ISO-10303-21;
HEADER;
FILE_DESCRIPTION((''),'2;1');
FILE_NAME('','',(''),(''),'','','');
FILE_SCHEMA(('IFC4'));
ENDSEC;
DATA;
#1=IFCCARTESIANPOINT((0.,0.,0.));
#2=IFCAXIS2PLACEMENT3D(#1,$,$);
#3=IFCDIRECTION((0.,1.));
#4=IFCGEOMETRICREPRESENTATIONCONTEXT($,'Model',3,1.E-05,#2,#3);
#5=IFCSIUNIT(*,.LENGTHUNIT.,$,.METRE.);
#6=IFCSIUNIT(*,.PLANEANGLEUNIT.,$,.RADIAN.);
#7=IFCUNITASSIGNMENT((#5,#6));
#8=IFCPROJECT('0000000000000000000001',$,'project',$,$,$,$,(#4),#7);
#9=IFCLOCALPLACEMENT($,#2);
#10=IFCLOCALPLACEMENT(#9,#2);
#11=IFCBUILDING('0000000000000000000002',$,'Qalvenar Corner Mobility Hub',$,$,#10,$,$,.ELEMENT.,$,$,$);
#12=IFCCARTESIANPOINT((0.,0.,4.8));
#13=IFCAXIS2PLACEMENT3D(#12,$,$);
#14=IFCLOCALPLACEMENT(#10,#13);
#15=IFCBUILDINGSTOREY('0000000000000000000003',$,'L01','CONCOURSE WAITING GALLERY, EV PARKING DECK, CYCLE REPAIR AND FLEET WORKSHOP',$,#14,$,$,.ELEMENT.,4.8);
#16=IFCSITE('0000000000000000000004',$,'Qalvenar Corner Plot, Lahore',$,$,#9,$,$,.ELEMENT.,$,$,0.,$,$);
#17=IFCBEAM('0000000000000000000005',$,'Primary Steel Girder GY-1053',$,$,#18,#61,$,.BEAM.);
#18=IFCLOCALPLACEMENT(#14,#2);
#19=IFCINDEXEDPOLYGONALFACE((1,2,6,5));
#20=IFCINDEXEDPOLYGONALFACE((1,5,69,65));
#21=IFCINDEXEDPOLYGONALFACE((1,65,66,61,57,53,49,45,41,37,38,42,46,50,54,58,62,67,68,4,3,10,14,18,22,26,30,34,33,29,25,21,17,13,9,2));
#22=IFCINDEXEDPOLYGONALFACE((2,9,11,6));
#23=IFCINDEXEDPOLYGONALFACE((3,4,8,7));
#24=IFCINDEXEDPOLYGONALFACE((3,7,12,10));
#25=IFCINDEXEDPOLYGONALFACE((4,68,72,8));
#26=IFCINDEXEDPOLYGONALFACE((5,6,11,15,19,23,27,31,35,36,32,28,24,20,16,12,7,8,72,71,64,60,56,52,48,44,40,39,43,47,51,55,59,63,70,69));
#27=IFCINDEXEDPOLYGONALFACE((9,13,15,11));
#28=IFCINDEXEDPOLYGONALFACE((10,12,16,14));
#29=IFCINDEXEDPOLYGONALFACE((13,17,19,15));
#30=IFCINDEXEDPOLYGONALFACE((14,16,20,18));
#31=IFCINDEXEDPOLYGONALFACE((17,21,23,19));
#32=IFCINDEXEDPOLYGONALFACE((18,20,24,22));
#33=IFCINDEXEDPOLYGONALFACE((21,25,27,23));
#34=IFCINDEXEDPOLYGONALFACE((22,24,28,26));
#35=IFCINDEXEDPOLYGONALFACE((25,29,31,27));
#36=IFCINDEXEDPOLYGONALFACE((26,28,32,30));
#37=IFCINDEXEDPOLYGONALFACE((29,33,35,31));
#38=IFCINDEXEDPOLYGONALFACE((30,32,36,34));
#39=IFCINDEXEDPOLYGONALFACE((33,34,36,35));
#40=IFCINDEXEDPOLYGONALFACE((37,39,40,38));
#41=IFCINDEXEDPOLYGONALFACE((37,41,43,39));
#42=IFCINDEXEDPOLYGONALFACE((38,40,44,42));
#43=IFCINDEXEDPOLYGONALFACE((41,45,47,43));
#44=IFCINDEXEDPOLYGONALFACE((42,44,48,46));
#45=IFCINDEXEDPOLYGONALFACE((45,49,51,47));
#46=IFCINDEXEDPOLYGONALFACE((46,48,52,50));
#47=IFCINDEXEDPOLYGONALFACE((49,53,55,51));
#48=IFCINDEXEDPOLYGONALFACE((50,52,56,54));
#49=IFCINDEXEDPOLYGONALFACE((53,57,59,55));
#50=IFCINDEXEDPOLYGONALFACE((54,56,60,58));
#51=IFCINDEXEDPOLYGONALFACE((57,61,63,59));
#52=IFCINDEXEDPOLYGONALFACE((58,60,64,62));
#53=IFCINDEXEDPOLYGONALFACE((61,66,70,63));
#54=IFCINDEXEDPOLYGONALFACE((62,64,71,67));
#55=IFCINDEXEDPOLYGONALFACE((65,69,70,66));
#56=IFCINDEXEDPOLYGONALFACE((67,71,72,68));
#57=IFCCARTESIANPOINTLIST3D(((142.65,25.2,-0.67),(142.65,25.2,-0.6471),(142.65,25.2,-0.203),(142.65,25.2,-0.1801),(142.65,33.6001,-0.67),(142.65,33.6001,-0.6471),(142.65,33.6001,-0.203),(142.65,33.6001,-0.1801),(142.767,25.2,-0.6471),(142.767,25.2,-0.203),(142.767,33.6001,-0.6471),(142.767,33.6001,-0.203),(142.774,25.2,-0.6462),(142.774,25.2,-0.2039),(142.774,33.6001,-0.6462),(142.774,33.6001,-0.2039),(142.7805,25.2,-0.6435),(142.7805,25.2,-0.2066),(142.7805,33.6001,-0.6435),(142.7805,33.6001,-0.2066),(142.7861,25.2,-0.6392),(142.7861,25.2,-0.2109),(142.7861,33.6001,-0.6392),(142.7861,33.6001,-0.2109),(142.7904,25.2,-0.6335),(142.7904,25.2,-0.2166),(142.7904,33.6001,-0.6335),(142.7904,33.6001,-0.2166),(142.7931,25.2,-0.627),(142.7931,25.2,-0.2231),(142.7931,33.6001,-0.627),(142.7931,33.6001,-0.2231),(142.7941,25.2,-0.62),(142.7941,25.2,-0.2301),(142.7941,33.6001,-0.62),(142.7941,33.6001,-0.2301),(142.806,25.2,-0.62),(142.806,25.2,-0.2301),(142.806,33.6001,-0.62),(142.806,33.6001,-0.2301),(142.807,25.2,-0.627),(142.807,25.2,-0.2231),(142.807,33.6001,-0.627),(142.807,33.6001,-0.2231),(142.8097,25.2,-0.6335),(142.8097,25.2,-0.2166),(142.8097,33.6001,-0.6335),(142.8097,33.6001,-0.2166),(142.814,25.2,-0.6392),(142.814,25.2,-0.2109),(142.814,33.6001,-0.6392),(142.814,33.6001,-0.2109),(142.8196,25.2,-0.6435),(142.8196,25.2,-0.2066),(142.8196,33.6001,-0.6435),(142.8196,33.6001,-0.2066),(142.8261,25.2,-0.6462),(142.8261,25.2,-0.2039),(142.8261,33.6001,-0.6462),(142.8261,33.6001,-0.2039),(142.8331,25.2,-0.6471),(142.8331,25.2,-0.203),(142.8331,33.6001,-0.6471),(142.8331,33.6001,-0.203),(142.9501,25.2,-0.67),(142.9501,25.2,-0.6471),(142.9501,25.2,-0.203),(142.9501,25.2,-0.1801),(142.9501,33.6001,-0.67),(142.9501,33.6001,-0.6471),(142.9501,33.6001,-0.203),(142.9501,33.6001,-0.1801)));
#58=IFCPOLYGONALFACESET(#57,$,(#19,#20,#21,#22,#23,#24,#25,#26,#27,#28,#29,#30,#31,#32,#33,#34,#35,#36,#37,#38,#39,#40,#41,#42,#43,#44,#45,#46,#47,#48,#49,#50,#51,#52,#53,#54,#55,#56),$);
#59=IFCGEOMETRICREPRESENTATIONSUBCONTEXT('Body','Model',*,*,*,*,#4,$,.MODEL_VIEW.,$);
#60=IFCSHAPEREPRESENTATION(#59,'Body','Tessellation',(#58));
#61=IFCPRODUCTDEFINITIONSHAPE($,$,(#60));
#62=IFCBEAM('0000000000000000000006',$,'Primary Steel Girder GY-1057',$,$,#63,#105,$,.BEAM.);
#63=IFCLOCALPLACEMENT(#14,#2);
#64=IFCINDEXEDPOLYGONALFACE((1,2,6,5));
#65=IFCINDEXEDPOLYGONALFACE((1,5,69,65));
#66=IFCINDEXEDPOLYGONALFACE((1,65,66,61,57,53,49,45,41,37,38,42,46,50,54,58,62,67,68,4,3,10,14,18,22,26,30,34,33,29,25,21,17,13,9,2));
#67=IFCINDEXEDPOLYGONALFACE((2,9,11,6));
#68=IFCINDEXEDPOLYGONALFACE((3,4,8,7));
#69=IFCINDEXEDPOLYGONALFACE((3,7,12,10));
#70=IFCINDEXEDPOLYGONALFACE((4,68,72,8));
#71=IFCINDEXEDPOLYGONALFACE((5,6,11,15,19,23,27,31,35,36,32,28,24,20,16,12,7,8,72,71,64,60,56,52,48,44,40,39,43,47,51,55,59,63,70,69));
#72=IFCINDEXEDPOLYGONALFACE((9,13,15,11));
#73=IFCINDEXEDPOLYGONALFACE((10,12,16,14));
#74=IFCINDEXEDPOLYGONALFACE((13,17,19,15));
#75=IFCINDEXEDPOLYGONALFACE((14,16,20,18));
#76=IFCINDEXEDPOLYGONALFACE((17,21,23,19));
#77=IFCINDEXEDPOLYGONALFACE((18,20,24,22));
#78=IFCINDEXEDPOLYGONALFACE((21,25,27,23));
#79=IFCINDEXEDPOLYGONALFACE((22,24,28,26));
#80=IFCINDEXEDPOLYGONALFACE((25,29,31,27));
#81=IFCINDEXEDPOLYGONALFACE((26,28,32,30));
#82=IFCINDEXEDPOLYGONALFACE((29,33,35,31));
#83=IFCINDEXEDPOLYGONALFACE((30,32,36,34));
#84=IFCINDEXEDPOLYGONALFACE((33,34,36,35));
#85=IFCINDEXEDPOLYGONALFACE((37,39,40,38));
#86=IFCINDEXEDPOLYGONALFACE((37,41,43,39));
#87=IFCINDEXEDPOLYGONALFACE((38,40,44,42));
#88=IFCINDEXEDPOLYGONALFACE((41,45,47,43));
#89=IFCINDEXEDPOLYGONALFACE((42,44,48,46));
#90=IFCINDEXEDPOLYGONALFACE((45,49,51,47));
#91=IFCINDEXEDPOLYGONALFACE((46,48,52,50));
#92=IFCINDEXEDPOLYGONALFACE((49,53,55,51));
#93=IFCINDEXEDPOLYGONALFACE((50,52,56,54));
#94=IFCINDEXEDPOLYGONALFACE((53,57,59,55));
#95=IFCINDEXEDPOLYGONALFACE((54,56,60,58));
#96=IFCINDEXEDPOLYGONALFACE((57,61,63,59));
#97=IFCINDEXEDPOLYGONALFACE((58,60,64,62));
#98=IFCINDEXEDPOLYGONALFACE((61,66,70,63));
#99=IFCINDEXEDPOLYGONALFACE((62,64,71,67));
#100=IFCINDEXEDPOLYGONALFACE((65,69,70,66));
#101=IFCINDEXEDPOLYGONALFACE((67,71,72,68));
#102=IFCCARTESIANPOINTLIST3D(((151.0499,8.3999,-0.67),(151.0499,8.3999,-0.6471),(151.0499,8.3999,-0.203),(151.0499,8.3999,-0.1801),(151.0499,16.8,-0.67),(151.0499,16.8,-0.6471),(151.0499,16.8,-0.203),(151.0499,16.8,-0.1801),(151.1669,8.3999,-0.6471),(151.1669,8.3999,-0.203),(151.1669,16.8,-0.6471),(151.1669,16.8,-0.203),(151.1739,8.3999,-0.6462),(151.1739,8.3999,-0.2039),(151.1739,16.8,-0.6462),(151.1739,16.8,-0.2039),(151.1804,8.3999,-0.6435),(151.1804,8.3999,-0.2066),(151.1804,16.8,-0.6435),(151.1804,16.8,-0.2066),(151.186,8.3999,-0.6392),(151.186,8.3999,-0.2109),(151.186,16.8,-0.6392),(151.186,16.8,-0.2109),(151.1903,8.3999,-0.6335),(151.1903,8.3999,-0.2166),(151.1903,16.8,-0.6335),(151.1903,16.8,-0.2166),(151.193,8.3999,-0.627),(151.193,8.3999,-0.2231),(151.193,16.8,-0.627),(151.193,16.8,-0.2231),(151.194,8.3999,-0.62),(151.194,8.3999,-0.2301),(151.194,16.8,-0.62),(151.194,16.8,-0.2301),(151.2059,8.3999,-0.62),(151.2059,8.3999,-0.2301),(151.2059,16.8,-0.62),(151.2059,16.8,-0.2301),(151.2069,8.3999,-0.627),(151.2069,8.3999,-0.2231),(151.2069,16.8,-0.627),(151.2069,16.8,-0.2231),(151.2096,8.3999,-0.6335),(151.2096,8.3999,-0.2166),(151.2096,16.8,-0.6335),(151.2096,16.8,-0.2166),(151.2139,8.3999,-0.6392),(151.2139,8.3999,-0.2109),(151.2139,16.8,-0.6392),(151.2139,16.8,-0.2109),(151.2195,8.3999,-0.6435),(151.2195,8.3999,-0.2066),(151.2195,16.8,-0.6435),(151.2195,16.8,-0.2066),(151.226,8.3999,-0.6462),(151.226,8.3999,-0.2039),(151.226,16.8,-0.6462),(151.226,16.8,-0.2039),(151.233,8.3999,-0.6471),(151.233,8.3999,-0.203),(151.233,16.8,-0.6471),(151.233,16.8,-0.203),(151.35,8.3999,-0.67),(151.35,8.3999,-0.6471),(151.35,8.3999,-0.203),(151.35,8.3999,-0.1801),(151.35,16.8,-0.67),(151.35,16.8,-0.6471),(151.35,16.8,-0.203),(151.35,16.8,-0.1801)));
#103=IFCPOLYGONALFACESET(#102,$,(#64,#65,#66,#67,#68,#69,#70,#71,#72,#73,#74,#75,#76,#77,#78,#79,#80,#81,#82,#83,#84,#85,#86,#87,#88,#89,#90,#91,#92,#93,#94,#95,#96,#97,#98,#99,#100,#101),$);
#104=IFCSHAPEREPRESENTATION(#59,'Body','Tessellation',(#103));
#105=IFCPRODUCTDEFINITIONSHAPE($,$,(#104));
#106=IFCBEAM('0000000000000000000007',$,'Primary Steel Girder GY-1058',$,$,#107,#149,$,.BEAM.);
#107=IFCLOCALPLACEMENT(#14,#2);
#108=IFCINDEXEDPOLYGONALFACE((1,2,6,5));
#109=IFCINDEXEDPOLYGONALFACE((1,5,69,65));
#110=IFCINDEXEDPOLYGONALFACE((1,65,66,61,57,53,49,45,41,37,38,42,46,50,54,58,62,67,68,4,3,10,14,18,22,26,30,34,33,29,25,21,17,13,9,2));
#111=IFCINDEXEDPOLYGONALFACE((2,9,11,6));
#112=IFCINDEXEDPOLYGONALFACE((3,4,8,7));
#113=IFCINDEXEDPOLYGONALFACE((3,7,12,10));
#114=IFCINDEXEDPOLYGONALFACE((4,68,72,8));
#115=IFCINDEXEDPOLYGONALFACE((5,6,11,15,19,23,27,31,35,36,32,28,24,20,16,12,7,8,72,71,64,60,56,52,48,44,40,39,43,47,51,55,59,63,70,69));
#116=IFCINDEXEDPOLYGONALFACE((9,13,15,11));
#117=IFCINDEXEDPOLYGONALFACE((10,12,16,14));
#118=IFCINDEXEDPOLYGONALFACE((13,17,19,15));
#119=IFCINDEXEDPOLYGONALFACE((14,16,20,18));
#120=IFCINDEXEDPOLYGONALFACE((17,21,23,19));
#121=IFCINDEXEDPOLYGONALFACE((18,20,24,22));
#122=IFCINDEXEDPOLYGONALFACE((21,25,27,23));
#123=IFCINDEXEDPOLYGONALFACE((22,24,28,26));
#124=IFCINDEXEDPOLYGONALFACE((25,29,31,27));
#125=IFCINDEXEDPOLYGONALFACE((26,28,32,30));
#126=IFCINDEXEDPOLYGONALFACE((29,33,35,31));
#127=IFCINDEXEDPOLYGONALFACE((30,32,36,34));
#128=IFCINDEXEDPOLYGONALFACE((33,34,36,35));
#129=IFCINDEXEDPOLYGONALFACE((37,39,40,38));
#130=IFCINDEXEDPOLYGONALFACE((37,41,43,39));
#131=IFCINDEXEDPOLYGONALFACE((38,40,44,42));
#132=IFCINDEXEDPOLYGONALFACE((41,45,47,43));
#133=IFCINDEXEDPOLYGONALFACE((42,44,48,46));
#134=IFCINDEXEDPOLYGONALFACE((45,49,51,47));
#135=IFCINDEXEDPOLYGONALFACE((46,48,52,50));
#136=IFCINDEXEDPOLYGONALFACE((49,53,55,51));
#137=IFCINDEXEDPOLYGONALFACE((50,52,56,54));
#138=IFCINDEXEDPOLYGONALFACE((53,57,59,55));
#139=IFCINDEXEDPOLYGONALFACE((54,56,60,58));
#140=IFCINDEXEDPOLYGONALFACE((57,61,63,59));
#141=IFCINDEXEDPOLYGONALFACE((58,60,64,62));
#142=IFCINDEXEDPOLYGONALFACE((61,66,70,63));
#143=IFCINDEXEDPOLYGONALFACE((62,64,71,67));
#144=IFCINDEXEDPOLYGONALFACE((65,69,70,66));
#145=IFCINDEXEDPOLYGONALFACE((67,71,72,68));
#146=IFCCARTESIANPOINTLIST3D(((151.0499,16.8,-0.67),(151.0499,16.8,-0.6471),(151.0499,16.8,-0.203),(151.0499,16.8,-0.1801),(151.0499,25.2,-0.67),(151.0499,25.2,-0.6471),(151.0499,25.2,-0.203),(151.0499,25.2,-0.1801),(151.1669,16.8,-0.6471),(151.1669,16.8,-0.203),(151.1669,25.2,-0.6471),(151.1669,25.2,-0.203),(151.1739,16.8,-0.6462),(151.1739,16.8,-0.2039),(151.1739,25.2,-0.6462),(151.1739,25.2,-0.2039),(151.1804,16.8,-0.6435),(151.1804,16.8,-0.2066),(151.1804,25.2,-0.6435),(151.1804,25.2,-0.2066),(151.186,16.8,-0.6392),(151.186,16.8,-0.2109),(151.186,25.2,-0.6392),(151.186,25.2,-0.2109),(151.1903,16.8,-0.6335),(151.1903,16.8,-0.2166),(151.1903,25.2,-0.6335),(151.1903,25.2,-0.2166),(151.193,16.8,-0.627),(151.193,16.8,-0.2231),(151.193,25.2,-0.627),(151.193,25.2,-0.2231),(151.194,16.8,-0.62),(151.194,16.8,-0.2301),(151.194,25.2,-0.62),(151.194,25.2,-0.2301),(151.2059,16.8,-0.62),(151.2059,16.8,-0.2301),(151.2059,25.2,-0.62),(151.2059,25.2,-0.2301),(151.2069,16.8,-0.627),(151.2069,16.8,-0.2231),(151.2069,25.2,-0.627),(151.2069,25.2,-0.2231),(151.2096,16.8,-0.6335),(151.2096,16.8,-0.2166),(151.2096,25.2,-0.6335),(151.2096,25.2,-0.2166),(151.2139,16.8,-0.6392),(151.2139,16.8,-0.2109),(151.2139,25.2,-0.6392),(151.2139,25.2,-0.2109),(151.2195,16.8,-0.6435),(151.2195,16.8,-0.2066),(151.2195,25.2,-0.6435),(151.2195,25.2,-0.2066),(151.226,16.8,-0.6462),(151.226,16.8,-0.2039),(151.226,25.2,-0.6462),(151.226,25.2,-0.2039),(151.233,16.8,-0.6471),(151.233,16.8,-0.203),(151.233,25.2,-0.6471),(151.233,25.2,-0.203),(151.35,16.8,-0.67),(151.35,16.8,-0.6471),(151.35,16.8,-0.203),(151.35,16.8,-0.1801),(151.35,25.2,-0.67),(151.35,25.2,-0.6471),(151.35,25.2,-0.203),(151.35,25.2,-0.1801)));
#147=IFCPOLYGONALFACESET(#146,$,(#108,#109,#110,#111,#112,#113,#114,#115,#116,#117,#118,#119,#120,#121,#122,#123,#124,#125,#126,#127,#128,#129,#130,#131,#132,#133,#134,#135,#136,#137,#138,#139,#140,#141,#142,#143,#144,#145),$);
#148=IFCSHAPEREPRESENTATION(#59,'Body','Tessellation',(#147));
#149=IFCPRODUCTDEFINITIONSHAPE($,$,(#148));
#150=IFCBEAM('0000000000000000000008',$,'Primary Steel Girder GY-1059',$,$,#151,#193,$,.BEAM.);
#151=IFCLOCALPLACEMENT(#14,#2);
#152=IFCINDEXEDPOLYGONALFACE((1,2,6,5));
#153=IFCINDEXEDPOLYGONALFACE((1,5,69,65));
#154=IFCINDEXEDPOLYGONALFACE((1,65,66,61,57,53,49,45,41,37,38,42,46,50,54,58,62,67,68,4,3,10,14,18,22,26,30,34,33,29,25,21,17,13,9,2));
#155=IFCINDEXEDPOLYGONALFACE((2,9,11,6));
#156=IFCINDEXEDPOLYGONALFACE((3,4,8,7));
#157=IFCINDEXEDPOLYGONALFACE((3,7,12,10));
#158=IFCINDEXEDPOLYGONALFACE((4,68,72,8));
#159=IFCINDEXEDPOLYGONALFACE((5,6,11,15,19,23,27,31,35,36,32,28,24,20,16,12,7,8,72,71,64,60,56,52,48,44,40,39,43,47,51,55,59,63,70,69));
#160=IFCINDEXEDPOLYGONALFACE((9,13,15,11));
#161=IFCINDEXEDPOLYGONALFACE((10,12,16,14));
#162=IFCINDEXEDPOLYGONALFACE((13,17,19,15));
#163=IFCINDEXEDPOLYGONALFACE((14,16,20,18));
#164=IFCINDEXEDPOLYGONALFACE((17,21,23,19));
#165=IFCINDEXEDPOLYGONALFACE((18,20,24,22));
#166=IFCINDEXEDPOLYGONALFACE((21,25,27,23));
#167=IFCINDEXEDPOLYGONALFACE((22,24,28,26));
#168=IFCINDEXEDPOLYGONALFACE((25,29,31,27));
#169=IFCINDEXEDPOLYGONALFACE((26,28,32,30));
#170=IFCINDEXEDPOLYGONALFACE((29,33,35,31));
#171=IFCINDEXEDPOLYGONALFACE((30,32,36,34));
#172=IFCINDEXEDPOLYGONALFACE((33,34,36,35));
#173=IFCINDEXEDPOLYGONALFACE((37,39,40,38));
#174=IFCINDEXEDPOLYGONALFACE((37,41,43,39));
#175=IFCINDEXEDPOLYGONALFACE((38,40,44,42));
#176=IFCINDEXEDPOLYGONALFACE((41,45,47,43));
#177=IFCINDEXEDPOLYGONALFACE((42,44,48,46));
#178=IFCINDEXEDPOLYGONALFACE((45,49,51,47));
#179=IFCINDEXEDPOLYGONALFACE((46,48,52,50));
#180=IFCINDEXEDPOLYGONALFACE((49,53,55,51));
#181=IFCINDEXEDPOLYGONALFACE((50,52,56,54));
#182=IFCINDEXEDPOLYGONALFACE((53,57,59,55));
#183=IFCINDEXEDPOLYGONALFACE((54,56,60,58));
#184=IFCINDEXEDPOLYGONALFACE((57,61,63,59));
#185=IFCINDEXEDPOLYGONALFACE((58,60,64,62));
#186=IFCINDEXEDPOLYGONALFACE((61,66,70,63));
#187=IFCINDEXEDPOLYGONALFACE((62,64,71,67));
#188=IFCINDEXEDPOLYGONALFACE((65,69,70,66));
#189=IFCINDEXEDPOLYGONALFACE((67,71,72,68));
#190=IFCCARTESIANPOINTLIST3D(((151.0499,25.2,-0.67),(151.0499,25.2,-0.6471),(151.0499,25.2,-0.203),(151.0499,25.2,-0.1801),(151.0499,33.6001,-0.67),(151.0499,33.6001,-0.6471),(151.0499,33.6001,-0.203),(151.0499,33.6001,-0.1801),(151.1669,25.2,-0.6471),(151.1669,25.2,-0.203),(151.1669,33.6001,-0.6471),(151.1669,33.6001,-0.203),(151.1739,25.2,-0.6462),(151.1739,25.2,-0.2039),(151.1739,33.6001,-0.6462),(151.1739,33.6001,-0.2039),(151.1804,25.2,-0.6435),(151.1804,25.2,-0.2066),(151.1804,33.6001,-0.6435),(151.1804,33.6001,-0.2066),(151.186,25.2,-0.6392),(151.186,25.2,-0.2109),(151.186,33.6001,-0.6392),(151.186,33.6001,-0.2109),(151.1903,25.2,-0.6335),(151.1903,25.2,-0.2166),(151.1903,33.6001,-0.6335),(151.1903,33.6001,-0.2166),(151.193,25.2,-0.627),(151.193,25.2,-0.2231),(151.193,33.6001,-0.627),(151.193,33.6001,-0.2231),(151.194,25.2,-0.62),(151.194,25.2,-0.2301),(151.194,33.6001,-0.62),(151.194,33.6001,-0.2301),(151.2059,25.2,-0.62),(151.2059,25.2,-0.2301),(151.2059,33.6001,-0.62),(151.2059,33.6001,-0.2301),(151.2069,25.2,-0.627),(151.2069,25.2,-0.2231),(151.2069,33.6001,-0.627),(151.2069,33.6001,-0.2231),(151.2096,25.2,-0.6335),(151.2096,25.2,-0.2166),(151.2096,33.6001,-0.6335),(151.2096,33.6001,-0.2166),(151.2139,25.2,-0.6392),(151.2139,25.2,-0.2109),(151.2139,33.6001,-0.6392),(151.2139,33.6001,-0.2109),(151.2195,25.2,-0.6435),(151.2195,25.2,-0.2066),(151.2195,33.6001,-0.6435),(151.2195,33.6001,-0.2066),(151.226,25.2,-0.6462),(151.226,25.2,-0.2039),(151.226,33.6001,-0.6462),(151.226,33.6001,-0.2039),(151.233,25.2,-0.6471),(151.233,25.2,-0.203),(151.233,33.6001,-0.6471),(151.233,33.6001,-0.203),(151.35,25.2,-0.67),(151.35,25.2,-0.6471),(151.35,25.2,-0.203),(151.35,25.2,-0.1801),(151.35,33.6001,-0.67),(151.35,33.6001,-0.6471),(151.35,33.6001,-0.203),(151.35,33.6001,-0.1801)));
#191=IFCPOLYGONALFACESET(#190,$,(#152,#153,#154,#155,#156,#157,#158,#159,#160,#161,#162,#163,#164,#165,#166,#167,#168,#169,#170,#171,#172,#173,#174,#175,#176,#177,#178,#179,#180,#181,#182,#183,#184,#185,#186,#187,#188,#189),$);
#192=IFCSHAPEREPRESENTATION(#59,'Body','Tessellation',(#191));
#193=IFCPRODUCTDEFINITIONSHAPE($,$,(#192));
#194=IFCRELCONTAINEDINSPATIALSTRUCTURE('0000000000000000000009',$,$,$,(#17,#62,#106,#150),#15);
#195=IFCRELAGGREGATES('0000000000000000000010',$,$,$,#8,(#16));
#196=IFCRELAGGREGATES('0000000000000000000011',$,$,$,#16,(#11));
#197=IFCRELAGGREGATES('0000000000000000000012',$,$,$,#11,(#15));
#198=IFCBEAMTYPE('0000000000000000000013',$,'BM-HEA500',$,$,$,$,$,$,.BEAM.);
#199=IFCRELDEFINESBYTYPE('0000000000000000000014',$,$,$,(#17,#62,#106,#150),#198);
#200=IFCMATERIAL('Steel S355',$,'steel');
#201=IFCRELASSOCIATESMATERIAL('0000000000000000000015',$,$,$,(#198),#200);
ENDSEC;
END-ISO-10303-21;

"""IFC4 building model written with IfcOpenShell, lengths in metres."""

from ifc_helpers import new_model, si_unit, direction, frame, origin, origin_2d, place, context, subcontext, project, spatial, i_section, extrude, material, material_profile, profile_set, type_object, element, save


model = new_model("IFC4")

# Units and contexts
model_context = context("Model", 3, precision=1e-05, world=origin(), true_north=direction((0.0, 1.0)))
body_context = subcontext(model_context, "Body", "Model", "MODEL_VIEW")
ifc_project = project(units=[si_unit("LENGTHUNIT", "METRE"), si_unit("PLANEANGLEUNIT", "RADIAN")], contexts=[model_context])

# Site, building, storey
site_placement = place(None, origin())
site = spatial("IfcSite", under=ifc_project, at=site_placement, Name="Qalvenar Corner Plot, Lahore", CompositionType="ELEMENT", RefElevation=0.0)
building_placement = place(site_placement, origin())
building = spatial("IfcBuilding", under=site, at=building_placement, Name="Qalvenar Corner Mobility Hub", CompositionType="ELEMENT")
storey_placement = place(building_placement, frame((0.0, 0.0, 4.8)))
storey = spatial("IfcBuildingStorey", under=building, at=storey_placement, Name="L01", Description="CONCOURSE WAITING GALLERY, EV PARKING DECK, CYCLE REPAIR AND FLEET WORKSHOP", CompositionType="ELEMENT", Elevation=4.8)

# Shared definitions
ifc_material_1 = material(Name="Steel S355", Category="steel")

# Beams
ifc_material_profile_1 = material_profile(ifc_material_1, i_section(OverallWidth=0.3, OverallDepth=0.49, WebThickness=0.012, FlangeThickness=0.0229, FilletRadius=0.0271, at=origin_2d()), Name="HEA500")
ifc_profile_set_1 = profile_set([ifc_material_profile_1], Name="Steel S355")
beam_type_1 = type_object("IfcBeamType", Name="BM-HEA500", PredefinedType="BEAM", material=ifc_profile_set_1)
for number, where, z_axis, x_axis, name in (
    (1, (142.8, 25.2, -0.425), (0.0, 1.0, 0.0), (-1.0, 0.0, 0.0), "Primary Steel Girder GY-1053"),
    (2, (151.2, 8.3999, -0.425), (0.0, 1.0, 0.0), (-1.0, 0.0, 0.0), "Primary Steel Girder GY-1057"),
):
    element("IfcBeam", number, at=place(storey_placement, frame(where, z_axis=z_axis, x_axis=x_axis)), inside=storey, type_object=beam_type_1, Name=name, PredefinedType="BEAM", context=body_context, shape_type="SweptSolid", body=[
        extrude(i_section(OverallWidth=0.3, OverallDepth=0.49, WebThickness=0.012, FlangeThickness=0.0229, FilletRadius=0.0271, at=origin_2d()), origin(), (0.0, 0.0, 1.0), 8.4001),
    ])
beam_1_placement = place(storey_placement, frame((151.2, 16.8, -0.425), z_axis=(0.0, 1.0, 0.0), x_axis=(-1.0, 0.0, 0.0)))
element("IfcBeam", 3, at=beam_1_placement, inside=storey, type_object=beam_type_1, Name="Primary Steel Girder GY-1058", PredefinedType="BEAM", context=body_context, shape_type="SweptSolid", body=[
    extrude(i_section(OverallWidth=0.3, OverallDepth=0.49, WebThickness=0.012, FlangeThickness=0.0229, FilletRadius=0.0271, at=origin_2d()), origin(), (0.0, 0.0, 1.0), 8.3999),
])
beam_2_placement = place(storey_placement, frame((151.2, 25.2, -0.425), z_axis=(0.0, 1.0, 0.0), x_axis=(-1.0, 0.0, 0.0)))
element("IfcBeam", 4, at=beam_2_placement, inside=storey, type_object=beam_type_1, Name="Primary Steel Girder GY-1059", PredefinedType="BEAM", context=body_context, shape_type="SweptSolid", body=[
    extrude(i_section(OverallWidth=0.3, OverallDepth=0.49, WebThickness=0.012, FlangeThickness=0.0229, FilletRadius=0.0271, at=origin_2d()), origin(), (0.0, 0.0, 1.0), 8.4001),
])

save(model, "model.ifc")
